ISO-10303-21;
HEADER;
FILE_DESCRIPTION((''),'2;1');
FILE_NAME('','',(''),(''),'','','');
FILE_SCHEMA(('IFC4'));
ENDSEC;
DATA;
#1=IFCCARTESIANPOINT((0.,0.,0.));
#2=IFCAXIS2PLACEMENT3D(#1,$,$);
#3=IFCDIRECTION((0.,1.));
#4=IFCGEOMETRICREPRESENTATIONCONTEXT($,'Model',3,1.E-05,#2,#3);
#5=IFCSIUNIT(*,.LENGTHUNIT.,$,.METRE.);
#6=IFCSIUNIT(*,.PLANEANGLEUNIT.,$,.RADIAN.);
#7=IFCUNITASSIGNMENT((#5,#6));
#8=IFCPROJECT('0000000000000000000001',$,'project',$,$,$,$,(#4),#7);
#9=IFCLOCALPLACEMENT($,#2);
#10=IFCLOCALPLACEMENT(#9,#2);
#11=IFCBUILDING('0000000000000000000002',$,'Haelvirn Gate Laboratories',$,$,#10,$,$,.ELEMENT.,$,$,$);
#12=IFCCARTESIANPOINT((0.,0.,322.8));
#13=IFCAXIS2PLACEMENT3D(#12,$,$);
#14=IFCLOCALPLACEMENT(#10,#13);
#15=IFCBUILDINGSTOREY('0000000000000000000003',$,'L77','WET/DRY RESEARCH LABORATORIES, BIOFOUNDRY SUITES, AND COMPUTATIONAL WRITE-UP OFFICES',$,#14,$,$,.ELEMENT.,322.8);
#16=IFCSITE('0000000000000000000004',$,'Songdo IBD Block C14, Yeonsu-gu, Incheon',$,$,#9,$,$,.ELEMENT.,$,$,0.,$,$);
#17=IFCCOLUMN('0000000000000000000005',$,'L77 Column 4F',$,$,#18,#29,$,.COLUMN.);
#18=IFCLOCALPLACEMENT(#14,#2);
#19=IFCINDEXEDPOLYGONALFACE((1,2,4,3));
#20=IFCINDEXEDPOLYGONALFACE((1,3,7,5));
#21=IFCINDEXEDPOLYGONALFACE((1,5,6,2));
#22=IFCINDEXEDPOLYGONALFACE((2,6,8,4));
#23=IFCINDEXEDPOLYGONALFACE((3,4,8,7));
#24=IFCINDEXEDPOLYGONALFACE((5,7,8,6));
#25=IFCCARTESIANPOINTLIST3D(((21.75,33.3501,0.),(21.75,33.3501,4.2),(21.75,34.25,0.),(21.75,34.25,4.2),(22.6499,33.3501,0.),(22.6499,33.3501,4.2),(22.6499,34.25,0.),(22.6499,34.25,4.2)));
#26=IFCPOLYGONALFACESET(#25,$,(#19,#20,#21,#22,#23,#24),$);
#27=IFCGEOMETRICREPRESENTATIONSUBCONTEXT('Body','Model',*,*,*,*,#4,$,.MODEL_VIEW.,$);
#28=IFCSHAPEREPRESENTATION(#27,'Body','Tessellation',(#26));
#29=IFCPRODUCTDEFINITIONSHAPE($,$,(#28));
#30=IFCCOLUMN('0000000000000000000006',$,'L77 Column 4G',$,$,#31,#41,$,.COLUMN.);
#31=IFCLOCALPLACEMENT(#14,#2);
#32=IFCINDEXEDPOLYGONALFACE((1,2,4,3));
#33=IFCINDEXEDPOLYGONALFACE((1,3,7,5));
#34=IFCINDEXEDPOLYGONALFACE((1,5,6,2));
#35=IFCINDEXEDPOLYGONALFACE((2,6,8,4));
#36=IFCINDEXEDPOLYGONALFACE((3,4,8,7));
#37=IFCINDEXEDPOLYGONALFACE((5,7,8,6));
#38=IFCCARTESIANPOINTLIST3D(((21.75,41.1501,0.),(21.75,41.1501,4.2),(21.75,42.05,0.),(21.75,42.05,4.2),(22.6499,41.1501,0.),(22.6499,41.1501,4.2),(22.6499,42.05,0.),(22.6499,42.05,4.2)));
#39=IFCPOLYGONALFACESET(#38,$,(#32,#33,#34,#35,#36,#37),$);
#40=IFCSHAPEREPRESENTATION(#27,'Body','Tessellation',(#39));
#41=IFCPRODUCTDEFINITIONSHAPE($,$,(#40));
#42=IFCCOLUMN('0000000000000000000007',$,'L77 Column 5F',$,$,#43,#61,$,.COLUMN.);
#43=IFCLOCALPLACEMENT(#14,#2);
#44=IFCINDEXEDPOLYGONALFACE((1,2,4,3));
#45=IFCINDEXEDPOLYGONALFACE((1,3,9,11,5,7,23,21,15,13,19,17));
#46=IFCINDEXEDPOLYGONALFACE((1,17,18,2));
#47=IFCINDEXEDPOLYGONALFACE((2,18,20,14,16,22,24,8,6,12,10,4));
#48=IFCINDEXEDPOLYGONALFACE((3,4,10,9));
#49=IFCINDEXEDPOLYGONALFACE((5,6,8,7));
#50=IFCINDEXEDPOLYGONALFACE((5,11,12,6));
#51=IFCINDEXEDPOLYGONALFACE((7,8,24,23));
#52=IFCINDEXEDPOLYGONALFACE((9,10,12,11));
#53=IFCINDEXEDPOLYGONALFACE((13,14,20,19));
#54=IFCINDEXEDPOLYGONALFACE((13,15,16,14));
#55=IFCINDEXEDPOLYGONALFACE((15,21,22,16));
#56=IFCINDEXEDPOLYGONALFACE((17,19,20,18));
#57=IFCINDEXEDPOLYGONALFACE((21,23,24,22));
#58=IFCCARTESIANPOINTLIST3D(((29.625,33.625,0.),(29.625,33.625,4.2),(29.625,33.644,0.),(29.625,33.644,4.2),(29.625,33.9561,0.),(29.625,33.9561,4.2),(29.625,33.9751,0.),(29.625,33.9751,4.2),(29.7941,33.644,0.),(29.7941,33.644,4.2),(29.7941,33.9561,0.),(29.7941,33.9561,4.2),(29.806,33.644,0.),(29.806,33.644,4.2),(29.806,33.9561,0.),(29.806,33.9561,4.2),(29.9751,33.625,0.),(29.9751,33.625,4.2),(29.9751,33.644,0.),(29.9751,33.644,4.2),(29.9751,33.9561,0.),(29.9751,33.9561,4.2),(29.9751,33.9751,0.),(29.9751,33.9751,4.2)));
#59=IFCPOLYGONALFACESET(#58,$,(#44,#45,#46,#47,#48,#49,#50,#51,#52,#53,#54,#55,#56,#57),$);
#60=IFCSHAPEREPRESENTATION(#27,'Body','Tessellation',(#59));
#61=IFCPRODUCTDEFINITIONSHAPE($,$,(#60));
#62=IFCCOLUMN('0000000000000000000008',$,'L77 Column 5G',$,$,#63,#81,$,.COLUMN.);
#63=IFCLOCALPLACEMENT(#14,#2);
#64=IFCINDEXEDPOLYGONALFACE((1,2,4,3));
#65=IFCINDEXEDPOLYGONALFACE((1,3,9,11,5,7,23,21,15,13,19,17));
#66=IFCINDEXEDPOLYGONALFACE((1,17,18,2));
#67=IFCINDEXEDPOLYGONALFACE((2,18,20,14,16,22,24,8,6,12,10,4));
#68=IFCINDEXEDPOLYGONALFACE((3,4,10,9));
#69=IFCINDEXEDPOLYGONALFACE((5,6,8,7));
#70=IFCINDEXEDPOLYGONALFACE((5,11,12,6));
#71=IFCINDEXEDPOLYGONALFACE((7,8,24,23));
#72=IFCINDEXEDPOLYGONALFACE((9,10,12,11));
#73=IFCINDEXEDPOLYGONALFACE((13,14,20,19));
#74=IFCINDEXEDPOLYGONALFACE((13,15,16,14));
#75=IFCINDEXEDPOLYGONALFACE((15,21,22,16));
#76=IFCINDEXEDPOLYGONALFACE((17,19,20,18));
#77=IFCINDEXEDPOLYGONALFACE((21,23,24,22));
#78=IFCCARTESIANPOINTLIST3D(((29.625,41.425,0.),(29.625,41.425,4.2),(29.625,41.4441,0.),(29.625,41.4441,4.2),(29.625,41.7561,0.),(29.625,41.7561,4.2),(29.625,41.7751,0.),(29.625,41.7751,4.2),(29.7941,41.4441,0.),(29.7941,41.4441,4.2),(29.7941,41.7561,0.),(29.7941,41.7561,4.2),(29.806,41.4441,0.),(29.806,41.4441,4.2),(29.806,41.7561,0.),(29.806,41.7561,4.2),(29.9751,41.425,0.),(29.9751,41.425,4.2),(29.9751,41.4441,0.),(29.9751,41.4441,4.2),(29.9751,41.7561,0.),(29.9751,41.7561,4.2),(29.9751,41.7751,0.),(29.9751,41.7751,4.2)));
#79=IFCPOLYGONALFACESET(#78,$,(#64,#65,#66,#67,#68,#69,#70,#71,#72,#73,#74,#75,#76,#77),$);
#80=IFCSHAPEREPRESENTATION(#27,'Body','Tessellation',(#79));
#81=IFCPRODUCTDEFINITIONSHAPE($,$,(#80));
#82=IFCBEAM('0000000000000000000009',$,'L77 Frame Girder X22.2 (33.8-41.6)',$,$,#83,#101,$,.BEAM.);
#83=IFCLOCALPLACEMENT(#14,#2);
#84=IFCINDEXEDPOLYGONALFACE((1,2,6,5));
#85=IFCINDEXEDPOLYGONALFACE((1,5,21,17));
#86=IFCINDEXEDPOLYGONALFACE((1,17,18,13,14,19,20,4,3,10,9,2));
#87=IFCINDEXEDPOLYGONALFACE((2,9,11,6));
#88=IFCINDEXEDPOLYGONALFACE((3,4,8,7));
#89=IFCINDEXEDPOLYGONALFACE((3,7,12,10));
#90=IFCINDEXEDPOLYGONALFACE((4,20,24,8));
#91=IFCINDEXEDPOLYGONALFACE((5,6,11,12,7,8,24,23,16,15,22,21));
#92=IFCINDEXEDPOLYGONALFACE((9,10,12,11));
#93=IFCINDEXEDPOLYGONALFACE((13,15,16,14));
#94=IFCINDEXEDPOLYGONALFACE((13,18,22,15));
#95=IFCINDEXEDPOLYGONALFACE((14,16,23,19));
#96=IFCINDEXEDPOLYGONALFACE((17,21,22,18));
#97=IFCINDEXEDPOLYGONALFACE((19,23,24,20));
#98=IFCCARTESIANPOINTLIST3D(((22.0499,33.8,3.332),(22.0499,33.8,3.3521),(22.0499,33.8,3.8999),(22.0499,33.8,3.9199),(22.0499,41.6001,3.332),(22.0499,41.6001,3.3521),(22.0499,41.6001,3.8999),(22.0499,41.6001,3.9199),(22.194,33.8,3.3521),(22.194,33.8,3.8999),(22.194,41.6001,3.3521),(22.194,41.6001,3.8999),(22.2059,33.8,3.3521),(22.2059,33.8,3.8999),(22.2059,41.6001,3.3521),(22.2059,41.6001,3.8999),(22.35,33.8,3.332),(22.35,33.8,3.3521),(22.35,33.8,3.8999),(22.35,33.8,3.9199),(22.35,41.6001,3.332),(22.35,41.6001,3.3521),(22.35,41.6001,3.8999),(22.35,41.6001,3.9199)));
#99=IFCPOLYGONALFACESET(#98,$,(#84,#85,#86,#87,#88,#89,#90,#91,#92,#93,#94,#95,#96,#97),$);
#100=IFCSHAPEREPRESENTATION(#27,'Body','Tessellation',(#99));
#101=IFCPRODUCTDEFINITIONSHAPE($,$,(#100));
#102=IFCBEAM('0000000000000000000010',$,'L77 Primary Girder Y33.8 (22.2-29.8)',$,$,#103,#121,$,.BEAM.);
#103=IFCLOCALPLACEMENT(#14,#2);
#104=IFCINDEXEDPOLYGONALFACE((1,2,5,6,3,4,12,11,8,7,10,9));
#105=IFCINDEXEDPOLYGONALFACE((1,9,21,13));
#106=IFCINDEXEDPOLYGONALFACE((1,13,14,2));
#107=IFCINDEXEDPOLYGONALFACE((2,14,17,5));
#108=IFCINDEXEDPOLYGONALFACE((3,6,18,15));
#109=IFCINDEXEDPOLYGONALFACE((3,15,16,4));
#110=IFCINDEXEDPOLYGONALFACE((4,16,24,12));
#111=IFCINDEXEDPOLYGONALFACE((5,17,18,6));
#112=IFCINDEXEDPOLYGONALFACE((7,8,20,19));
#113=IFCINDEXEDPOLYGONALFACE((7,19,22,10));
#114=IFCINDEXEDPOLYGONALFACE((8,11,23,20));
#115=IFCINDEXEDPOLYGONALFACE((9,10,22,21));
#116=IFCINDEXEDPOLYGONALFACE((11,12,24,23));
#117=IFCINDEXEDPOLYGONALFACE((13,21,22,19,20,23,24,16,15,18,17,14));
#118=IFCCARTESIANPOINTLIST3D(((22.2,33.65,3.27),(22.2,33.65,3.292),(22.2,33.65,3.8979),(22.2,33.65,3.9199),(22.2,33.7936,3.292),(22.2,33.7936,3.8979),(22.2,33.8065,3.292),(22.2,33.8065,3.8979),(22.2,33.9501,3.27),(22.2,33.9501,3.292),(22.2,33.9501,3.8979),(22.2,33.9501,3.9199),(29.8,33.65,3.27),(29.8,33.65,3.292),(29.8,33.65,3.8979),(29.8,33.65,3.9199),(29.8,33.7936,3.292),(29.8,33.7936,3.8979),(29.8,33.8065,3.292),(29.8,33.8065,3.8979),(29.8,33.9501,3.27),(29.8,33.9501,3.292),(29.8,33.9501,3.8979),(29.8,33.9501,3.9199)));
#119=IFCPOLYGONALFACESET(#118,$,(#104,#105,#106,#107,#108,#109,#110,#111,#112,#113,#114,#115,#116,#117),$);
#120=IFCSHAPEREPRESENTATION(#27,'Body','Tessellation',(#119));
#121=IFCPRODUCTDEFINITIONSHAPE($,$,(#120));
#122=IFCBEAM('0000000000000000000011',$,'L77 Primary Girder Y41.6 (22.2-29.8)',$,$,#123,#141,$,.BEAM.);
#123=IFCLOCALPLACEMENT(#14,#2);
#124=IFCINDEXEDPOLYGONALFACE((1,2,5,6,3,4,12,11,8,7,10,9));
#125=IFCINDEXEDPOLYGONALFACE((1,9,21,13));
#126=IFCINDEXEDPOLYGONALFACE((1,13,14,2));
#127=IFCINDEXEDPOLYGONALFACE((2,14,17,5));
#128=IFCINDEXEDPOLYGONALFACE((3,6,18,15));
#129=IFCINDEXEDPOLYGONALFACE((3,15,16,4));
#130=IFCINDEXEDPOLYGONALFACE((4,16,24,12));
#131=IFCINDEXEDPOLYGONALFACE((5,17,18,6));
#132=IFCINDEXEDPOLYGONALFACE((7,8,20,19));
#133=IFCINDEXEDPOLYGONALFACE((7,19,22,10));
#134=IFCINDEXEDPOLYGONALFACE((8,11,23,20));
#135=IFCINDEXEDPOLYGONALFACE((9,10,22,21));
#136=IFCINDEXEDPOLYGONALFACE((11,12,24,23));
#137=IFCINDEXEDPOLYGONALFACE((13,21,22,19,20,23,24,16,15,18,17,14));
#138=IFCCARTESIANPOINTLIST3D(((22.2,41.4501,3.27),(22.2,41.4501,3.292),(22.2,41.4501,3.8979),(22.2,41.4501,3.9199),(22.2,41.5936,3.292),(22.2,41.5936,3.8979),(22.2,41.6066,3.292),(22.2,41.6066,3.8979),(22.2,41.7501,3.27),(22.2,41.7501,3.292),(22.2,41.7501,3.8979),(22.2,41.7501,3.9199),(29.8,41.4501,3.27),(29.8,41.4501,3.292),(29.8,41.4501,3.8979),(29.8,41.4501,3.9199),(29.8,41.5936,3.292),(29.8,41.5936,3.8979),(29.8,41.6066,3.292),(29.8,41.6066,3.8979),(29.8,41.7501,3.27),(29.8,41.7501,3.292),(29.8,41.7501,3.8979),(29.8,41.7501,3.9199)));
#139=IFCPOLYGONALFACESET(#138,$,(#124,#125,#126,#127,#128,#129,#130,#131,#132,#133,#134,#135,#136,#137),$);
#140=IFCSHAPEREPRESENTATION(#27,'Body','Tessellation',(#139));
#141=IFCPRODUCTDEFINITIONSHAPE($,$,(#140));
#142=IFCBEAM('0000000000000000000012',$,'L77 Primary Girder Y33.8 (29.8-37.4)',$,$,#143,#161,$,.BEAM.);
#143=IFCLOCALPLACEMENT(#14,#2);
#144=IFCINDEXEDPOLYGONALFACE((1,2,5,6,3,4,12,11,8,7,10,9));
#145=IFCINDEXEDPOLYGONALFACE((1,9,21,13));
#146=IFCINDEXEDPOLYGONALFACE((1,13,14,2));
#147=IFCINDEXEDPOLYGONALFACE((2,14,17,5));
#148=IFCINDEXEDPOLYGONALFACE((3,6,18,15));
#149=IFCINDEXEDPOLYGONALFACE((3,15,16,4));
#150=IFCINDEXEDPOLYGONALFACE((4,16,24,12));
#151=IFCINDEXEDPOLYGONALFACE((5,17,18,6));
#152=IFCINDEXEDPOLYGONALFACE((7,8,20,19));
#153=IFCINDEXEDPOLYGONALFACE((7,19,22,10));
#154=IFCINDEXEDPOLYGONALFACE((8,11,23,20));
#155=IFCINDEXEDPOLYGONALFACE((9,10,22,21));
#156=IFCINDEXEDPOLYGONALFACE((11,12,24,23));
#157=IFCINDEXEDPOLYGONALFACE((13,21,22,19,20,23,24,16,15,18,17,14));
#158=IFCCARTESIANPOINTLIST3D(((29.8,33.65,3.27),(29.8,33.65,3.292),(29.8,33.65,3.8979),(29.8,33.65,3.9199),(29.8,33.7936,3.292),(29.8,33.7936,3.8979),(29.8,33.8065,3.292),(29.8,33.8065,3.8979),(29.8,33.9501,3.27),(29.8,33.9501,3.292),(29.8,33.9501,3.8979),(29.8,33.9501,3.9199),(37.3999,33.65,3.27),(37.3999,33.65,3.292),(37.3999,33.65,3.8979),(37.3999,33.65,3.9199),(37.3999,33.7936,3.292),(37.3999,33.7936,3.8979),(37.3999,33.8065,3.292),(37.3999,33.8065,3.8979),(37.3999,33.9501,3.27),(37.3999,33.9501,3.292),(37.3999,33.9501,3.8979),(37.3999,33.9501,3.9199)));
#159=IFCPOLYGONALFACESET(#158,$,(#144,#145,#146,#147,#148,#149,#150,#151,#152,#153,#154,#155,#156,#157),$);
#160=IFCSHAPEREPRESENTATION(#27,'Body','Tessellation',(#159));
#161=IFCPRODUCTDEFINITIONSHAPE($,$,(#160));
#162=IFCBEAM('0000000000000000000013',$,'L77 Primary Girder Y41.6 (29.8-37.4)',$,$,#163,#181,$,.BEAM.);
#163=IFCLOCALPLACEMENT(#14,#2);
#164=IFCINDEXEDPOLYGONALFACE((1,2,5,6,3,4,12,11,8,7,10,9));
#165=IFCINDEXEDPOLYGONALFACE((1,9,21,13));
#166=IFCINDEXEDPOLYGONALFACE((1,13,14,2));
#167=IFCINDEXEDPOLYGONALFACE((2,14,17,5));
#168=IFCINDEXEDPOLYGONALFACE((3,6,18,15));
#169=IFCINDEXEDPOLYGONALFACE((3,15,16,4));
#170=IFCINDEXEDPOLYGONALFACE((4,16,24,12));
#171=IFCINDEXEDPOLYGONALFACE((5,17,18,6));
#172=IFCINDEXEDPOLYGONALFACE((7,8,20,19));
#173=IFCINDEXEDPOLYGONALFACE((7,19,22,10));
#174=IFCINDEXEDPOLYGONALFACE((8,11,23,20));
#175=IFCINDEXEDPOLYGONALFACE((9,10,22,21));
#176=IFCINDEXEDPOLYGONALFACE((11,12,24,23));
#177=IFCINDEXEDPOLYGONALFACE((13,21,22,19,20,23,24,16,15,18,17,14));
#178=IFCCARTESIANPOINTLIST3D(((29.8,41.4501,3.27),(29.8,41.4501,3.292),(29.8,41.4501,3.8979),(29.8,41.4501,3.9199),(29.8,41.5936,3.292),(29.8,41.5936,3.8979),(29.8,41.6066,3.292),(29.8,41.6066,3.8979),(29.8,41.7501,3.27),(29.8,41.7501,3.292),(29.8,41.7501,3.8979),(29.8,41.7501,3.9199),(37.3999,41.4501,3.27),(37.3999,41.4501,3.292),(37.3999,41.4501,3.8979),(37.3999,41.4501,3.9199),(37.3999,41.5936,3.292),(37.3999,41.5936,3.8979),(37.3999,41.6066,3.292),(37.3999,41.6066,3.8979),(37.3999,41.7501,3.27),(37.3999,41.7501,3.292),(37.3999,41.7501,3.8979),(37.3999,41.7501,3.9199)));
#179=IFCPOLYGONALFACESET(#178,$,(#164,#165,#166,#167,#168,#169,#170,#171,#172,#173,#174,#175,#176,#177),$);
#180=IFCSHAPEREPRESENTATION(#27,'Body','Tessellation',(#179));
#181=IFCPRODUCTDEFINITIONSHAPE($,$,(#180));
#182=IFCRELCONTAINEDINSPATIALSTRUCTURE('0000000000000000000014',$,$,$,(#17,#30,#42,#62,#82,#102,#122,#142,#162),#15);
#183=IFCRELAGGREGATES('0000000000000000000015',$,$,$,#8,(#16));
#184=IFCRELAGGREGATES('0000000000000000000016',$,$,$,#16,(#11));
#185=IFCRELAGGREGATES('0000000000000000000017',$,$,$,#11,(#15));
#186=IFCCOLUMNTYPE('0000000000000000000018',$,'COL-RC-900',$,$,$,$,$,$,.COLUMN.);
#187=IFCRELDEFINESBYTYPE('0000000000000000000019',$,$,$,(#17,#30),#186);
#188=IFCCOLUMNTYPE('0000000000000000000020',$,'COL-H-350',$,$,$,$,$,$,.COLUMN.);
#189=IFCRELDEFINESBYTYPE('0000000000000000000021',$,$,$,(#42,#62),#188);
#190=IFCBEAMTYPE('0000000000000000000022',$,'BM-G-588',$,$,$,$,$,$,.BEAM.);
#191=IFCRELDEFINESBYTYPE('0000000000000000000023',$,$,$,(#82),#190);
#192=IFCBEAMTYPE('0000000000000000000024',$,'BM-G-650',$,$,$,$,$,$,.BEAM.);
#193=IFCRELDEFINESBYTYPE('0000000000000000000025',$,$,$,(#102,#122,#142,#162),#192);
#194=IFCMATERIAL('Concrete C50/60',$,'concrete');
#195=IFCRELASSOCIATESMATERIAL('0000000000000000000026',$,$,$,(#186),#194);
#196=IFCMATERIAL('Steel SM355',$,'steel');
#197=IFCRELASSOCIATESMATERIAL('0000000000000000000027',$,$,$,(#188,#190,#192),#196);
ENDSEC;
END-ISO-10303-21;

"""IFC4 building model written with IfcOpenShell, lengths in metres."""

from ifc_helpers import new_model, si_unit, direction, frame, origin, origin_2d, place, context, subcontext, project, spatial, rectangle, i_section, extrude, source, transform, mapped, material, material_profile, profile_set, type_object, type_shapes, element, save


model = new_model("IFC4")

# Units and contexts
model_context = context("Model", 3, precision=1e-05, world=origin(), true_north=direction((0.0, 1.0)))
body_context = subcontext(model_context, "Body", "Model", "MODEL_VIEW")
ifc_project = project(units=[si_unit("LENGTHUNIT", "METRE"), si_unit("PLANEANGLEUNIT", "RADIAN")], contexts=[model_context])

# Site, building, storey
site_placement = place(None, origin())
site = spatial("IfcSite", under=ifc_project, at=site_placement, Name="Songdo IBD Block C14, Yeonsu-gu, Incheon", CompositionType="ELEMENT", RefElevation=0.0)
building_placement = place(site_placement, origin())
building = spatial("IfcBuilding", under=site, at=building_placement, Name="Haelvirn Gate Laboratories", CompositionType="ELEMENT")
storey_placement = place(building_placement, frame((0.0, 0.0, 322.8)))
storey = spatial("IfcBuildingStorey", under=building, at=storey_placement, Name="L77", Description="WET/DRY RESEARCH LABORATORIES, BIOFOUNDRY SUITES, AND COMPUTATIONAL WRITE-UP OFFICES", CompositionType="ELEMENT", Elevation=322.8)

# Columns
ifc_material_1 = material(Name="Concrete C50/60", Category="concrete")
ifc_material_profile_1 = material_profile(ifc_material_1, rectangle(XDim=0.8999, YDim=0.8999, at=origin_2d()), Name="RC-900x900")
ifc_profile_set_1 = profile_set([ifc_material_profile_1], Name="Concrete C50/60")
column_type_1 = type_object("IfcColumnType", Name="COL-RC-900", PredefinedType="COLUMN", material=ifc_profile_set_1)
shared_shape_1 = source(origin(), body_context, "Body", "SweptSolid", [
    extrude(rectangle(XDim=0.8999, YDim=0.8999, at=origin_2d()), origin(), (0.0, 0.0, 1.0), 4.2),
])
type_shapes(column_type_1, [shared_shape_1])
for number, where, z_axis, x_axis, name in (
    (1, (22.2, 33.8, 0.0), (0.0, 0.0, 1.0), (1.0, 0.0, 0.0), "L77 Column 4F"),
    (2, (22.2, 41.6001, 0.0), (0.0, 0.0, 1.0), (1.0, 0.0, 0.0), "L77 Column 4G"),
):
    element("IfcColumn", number, at=place(storey_placement, frame(where, z_axis=z_axis, x_axis=x_axis)), inside=storey, type_object=column_type_1, Name=name, PredefinedType="COLUMN", context=body_context, shape_type="MappedRepresentation", body=[
        mapped(shared_shape_1, transform((0.0, 0.0, 0.0), scale=1.0)),
    ])
ifc_material_2 = material(Name="Steel SM355", Category="steel")
ifc_material_profile_2 = material_profile(ifc_material_2, i_section(OverallWidth=0.3501, OverallDepth=0.3501, WebThickness=0.012, FlangeThickness=0.019, at=origin_2d()), Name="H-350x350x12x19")
ifc_profile_set_2 = profile_set([ifc_material_profile_2], Name="Steel SM355")
column_type_2 = type_object("IfcColumnType", Name="COL-H-350", PredefinedType="COLUMN", material=ifc_profile_set_2)
shared_shape_2 = source(origin(), body_context, "Body", "SweptSolid", [
    extrude(i_section(OverallWidth=0.3501, OverallDepth=0.3501, WebThickness=0.012, FlangeThickness=0.019, at=origin_2d()), origin(), (0.0, 0.0, 1.0), 4.2),
])
type_shapes(column_type_2, [shared_shape_2])
for number, where, z_axis, x_axis, name in (
    (3, (29.8, 33.8, 0.0), (0.0, 0.0, 1.0), (1.0, 0.0, 0.0), "L77 Column 5F"),
    (4, (29.8, 41.6001, 0.0), (0.0, 0.0, 1.0), (1.0, 0.0, 0.0), "L77 Column 5G"),
):
    element("IfcColumn", number, at=place(storey_placement, frame(where, z_axis=z_axis, x_axis=x_axis)), inside=storey, type_object=column_type_2, Name=name, PredefinedType="COLUMN", context=body_context, shape_type="MappedRepresentation", body=[
        mapped(shared_shape_2, transform((0.0, 0.0, 0.0), scale=1.0)),
    ])

# Beams
ifc_material_profile_3 = material_profile(ifc_material_2, i_section(OverallWidth=0.3, OverallDepth=0.5879, WebThickness=0.012, FlangeThickness=0.02, at=origin_2d()), Name="H-588x300x12x20")
ifc_profile_set_3 = profile_set([ifc_material_profile_3], Name="Steel SM355")
beam_type_1 = type_object("IfcBeamType", Name="BM-G-588", PredefinedType="BEAM", material=ifc_profile_set_3)
shared_shape_3 = source(origin(), body_context, "Body", "SweptSolid", [
    extrude(i_section(OverallWidth=0.3, OverallDepth=0.5879, WebThickness=0.012, FlangeThickness=0.02, at=origin_2d()), origin(), (0.0, 0.0, 1.0), 7.8),
])
type_shapes(beam_type_1, [shared_shape_3])
beam_placement = place(storey_placement, frame((22.2, 33.8, 3.626), z_axis=(0.0, 1.0, 0.0), x_axis=(-1.0, 0.0, 0.0)))
element("IfcBeam", 5, at=beam_placement, inside=storey, type_object=beam_type_1, Name="L77 Frame Girder X22.2 (33.8-41.6)", PredefinedType="BEAM", context=body_context, shape_type="MappedRepresentation", body=[
    mapped(shared_shape_3, transform((0.0, 0.0, 0.0), scale=1.0)),
])
ifc_material_profile_4 = material_profile(ifc_material_2, i_section(OverallWidth=0.3, OverallDepth=0.6499, WebThickness=0.0129, FlangeThickness=0.022, at=origin_2d()), Name="H-650x300x13x22")
ifc_profile_set_4 = profile_set([ifc_material_profile_4], Name="Steel SM355")
beam_type_2 = type_object("IfcBeamType", Name="BM-G-650", PredefinedType="BEAM", material=ifc_profile_set_4)
shared_shape_4 = source(origin(), body_context, "Body", "SweptSolid", [
    extrude(i_section(OverallWidth=0.3, OverallDepth=0.6499, WebThickness=0.0129, FlangeThickness=0.022, at=origin_2d()), origin(), (0.0, 0.0, 1.0), 7.6001),
])
for number, where, z_axis, x_axis, name in (
    (6, (22.2, 33.8, 3.595), (1.0, 0.0, 0.0), (0.0, 1.0, 0.0), "L77 Primary Girder Y33.8 (22.2-29.8)"),
    (7, (22.2, 41.6001, 3.595), (1.0, 0.0, 0.0), (0.0, 1.0, 0.0), "L77 Primary Girder Y41.6 (22.2-29.8)"),
):
    element("IfcBeam", number, at=place(storey_placement, frame(where, z_axis=z_axis, x_axis=x_axis)), inside=storey, type_object=beam_type_2, Name=name, PredefinedType="BEAM", context=body_context, shape_type="MappedRepresentation", body=[
        mapped(shared_shape_4, transform((0.0, 0.0, 0.0), scale=1.0)),
    ])
shared_shape_5 = source(origin(), body_context, "Body", "SweptSolid", [
    extrude(i_section(OverallWidth=0.3, OverallDepth=0.6499, WebThickness=0.0129, FlangeThickness=0.022, at=origin_2d()), origin(), (0.0, 0.0, 1.0), 7.5999),
])
type_shapes(beam_type_2, [shared_shape_4, shared_shape_5])
for number, where, z_axis, x_axis, name in (
    (8, (29.8, 33.8, 3.595), (1.0, 0.0, 0.0), (0.0, 1.0, 0.0), "L77 Primary Girder Y33.8 (29.8-37.4)"),
    (9, (29.8, 41.6001, 3.595), (1.0, 0.0, 0.0), (0.0, 1.0, 0.0), "L77 Primary Girder Y41.6 (29.8-37.4)"),
):
    element("IfcBeam", number, at=place(storey_placement, frame(where, z_axis=z_axis, x_axis=x_axis)), inside=storey, type_object=beam_type_2, Name=name, PredefinedType="BEAM", context=body_context, shape_type="MappedRepresentation", body=[
        mapped(shared_shape_5, transform((0.0, 0.0, 0.0), scale=1.0)),
    ])

save(model, "model.ifc")
